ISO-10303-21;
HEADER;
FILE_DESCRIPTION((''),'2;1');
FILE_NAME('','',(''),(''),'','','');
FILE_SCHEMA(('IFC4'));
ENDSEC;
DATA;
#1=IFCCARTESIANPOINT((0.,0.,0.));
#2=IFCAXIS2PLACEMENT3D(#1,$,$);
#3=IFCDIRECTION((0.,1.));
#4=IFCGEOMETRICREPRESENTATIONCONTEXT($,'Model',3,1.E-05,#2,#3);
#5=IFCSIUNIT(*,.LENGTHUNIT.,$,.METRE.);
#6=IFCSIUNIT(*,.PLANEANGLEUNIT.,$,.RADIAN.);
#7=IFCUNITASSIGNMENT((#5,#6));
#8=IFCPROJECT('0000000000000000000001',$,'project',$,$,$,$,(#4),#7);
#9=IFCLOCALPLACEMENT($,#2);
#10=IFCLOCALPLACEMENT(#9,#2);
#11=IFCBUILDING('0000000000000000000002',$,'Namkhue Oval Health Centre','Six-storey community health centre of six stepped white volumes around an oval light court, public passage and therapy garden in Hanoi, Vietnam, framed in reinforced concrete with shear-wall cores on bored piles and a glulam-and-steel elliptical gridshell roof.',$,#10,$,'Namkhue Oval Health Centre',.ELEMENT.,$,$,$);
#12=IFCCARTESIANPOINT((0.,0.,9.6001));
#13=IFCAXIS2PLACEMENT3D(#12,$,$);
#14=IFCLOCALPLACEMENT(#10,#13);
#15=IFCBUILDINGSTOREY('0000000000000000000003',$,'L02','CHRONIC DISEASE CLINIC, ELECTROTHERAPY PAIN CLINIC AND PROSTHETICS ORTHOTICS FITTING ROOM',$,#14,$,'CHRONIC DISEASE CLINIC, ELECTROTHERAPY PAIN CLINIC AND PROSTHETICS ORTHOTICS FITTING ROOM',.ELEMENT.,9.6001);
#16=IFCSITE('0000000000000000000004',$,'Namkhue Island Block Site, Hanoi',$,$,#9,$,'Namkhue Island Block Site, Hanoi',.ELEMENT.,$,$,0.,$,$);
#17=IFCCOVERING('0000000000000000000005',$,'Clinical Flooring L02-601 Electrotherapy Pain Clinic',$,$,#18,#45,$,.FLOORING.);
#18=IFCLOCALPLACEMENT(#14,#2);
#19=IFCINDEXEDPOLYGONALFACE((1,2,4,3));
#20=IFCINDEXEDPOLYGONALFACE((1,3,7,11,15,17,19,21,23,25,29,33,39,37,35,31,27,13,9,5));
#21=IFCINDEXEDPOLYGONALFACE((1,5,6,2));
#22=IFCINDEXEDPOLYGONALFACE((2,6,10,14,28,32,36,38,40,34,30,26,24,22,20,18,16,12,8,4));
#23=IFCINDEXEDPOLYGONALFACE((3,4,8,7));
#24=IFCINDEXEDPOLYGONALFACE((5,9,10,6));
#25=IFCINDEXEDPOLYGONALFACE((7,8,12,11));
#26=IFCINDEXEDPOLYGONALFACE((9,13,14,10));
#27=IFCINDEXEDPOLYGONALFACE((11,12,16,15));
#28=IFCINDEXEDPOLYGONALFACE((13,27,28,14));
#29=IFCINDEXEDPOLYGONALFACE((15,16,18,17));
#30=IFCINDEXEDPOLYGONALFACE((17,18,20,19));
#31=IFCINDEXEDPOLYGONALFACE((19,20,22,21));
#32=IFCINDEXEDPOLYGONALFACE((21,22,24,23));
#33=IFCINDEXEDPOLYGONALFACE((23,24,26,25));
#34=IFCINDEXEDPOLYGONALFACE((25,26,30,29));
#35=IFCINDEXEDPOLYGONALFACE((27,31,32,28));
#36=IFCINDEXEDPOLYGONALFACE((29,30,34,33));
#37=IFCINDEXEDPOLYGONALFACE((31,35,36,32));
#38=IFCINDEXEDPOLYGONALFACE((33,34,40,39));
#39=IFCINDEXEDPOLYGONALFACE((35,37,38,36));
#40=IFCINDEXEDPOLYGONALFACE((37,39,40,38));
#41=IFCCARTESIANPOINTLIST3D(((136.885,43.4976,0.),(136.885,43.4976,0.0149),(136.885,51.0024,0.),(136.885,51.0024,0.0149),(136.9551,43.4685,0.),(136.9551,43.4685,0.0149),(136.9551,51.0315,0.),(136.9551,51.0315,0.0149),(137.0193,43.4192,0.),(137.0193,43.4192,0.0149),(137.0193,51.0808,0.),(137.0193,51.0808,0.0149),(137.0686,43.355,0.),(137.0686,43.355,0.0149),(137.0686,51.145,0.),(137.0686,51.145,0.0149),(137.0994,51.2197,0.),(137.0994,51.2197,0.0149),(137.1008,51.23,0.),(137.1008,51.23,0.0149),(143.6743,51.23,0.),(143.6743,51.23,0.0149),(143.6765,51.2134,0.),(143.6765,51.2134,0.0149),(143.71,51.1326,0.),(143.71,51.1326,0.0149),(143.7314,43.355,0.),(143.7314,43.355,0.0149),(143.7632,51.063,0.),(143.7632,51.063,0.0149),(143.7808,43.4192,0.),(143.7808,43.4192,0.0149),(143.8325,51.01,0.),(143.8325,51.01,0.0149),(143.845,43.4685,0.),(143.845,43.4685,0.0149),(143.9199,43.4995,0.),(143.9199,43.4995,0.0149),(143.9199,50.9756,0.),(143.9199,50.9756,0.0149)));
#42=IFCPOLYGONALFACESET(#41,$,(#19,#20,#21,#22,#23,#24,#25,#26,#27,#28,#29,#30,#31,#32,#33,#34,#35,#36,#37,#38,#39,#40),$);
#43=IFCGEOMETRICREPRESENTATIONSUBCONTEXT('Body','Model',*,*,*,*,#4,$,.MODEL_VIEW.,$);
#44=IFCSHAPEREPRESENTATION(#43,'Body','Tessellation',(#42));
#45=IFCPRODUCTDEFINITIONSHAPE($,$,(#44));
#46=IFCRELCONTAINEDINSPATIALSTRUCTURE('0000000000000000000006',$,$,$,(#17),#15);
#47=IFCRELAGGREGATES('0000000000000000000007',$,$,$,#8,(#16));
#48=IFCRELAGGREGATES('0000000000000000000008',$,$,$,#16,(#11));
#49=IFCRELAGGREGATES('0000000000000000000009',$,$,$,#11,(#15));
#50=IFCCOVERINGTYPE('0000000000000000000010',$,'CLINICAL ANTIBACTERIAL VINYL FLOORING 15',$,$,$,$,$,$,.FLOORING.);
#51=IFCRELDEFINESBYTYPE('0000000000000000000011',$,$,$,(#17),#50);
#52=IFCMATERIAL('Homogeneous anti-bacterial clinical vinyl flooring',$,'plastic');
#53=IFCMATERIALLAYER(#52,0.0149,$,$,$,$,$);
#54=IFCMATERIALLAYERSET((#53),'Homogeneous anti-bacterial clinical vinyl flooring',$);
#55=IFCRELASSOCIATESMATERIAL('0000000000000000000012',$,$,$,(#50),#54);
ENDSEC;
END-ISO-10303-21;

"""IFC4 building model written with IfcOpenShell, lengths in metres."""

from ifc_helpers import new_model, si_unit, direction, frame, origin, place, context, subcontext, project, spatial, polyline, outline, extrude, material, layer, layer_set, type_object, element, save


model = new_model("IFC4")

# Units and contexts
model_context = context("Model", 3, precision=1e-05, world=origin(), true_north=direction((0.0, 1.0)))
body_context = subcontext(model_context, "Body", "Model", "MODEL_VIEW")
ifc_project = project(units=[si_unit("LENGTHUNIT", "METRE"), si_unit("PLANEANGLEUNIT", "RADIAN")], contexts=[model_context])

# Site, building, storey
site_placement = place(None, origin())
site = spatial("IfcSite", under=ifc_project, at=site_placement, Name="Namkhue Island Block Site, Hanoi", LongName="Namkhue Island Block Site, Hanoi", CompositionType="ELEMENT", RefElevation=0.0)
building_placement = place(site_placement, origin())
building = spatial("IfcBuilding", under=site, at=building_placement, Name="Namkhue Oval Health Centre", Description="Six-storey community health centre of six stepped white volumes around an oval light court, public passage and therapy garden in Hanoi, Vietnam, framed in reinforced concrete with shear-wall cores on bored piles and a glulam-and-steel elliptical gridshell roof.", LongName="Namkhue Oval Health Centre", CompositionType="ELEMENT")
storey_placement = place(building_placement, frame((0.0, 0.0, 9.6001)))
storey = spatial("IfcBuildingStorey", under=building, at=storey_placement, Name="L02", Description="CHRONIC DISEASE CLINIC, ELECTROTHERAPY PAIN CLINIC AND PROSTHETICS ORTHOTICS FITTING ROOM", LongName="CHRONIC DISEASE CLINIC, ELECTROTHERAPY PAIN CLINIC AND PROSTHETICS ORTHOTICS FITTING ROOM", CompositionType="ELEMENT", Elevation=9.6001)

# Covering
ifc_material_1 = material(Name="Homogeneous anti-bacterial clinical vinyl flooring", Category="plastic")
ifc_layer_1 = layer(ifc_material_1, 0.0149)
ifc_layer_set_1 = layer_set([ifc_layer_1], Name="Homogeneous anti-bacterial clinical vinyl flooring")
covering_type_1 = type_object("IfcCoveringType", Name="CLINICAL ANTIBACTERIAL VINYL FLOORING 15", PredefinedType="FLOORING", material=ifc_layer_set_1)
covering_1_placement = place(storey_placement, origin())
element("IfcCovering", 1, at=covering_1_placement, inside=storey, type_object=covering_type_1, Name="Clinical Flooring L02-601 Electrotherapy Pain Clinic", PredefinedType="FLOORING", context=body_context, shape_type="SweptSolid", body=[
    extrude(outline(polyline([(137.0686, 43.355), (137.0193, 43.4192), (136.9551, 43.4685), (136.885, 43.4976), (136.885, 51.0024), (136.9551, 51.0315), (137.0193, 51.0808), (137.0686, 51.145), (137.0994, 51.2197), (137.1008, 51.23), (143.6743, 51.23), (143.6765, 51.2134), (143.71, 51.1326), (143.7632, 51.063), (143.8325, 51.01), (143.9199, 50.9756), (143.9199, 43.4995), (143.845, 43.4685), (143.7808, 43.4192), (143.7314, 43.355), (137.0686, 43.355)])), origin(), (0.0, 0.0, 1.0), 0.0149),
])

save(model, "model.ifc")
